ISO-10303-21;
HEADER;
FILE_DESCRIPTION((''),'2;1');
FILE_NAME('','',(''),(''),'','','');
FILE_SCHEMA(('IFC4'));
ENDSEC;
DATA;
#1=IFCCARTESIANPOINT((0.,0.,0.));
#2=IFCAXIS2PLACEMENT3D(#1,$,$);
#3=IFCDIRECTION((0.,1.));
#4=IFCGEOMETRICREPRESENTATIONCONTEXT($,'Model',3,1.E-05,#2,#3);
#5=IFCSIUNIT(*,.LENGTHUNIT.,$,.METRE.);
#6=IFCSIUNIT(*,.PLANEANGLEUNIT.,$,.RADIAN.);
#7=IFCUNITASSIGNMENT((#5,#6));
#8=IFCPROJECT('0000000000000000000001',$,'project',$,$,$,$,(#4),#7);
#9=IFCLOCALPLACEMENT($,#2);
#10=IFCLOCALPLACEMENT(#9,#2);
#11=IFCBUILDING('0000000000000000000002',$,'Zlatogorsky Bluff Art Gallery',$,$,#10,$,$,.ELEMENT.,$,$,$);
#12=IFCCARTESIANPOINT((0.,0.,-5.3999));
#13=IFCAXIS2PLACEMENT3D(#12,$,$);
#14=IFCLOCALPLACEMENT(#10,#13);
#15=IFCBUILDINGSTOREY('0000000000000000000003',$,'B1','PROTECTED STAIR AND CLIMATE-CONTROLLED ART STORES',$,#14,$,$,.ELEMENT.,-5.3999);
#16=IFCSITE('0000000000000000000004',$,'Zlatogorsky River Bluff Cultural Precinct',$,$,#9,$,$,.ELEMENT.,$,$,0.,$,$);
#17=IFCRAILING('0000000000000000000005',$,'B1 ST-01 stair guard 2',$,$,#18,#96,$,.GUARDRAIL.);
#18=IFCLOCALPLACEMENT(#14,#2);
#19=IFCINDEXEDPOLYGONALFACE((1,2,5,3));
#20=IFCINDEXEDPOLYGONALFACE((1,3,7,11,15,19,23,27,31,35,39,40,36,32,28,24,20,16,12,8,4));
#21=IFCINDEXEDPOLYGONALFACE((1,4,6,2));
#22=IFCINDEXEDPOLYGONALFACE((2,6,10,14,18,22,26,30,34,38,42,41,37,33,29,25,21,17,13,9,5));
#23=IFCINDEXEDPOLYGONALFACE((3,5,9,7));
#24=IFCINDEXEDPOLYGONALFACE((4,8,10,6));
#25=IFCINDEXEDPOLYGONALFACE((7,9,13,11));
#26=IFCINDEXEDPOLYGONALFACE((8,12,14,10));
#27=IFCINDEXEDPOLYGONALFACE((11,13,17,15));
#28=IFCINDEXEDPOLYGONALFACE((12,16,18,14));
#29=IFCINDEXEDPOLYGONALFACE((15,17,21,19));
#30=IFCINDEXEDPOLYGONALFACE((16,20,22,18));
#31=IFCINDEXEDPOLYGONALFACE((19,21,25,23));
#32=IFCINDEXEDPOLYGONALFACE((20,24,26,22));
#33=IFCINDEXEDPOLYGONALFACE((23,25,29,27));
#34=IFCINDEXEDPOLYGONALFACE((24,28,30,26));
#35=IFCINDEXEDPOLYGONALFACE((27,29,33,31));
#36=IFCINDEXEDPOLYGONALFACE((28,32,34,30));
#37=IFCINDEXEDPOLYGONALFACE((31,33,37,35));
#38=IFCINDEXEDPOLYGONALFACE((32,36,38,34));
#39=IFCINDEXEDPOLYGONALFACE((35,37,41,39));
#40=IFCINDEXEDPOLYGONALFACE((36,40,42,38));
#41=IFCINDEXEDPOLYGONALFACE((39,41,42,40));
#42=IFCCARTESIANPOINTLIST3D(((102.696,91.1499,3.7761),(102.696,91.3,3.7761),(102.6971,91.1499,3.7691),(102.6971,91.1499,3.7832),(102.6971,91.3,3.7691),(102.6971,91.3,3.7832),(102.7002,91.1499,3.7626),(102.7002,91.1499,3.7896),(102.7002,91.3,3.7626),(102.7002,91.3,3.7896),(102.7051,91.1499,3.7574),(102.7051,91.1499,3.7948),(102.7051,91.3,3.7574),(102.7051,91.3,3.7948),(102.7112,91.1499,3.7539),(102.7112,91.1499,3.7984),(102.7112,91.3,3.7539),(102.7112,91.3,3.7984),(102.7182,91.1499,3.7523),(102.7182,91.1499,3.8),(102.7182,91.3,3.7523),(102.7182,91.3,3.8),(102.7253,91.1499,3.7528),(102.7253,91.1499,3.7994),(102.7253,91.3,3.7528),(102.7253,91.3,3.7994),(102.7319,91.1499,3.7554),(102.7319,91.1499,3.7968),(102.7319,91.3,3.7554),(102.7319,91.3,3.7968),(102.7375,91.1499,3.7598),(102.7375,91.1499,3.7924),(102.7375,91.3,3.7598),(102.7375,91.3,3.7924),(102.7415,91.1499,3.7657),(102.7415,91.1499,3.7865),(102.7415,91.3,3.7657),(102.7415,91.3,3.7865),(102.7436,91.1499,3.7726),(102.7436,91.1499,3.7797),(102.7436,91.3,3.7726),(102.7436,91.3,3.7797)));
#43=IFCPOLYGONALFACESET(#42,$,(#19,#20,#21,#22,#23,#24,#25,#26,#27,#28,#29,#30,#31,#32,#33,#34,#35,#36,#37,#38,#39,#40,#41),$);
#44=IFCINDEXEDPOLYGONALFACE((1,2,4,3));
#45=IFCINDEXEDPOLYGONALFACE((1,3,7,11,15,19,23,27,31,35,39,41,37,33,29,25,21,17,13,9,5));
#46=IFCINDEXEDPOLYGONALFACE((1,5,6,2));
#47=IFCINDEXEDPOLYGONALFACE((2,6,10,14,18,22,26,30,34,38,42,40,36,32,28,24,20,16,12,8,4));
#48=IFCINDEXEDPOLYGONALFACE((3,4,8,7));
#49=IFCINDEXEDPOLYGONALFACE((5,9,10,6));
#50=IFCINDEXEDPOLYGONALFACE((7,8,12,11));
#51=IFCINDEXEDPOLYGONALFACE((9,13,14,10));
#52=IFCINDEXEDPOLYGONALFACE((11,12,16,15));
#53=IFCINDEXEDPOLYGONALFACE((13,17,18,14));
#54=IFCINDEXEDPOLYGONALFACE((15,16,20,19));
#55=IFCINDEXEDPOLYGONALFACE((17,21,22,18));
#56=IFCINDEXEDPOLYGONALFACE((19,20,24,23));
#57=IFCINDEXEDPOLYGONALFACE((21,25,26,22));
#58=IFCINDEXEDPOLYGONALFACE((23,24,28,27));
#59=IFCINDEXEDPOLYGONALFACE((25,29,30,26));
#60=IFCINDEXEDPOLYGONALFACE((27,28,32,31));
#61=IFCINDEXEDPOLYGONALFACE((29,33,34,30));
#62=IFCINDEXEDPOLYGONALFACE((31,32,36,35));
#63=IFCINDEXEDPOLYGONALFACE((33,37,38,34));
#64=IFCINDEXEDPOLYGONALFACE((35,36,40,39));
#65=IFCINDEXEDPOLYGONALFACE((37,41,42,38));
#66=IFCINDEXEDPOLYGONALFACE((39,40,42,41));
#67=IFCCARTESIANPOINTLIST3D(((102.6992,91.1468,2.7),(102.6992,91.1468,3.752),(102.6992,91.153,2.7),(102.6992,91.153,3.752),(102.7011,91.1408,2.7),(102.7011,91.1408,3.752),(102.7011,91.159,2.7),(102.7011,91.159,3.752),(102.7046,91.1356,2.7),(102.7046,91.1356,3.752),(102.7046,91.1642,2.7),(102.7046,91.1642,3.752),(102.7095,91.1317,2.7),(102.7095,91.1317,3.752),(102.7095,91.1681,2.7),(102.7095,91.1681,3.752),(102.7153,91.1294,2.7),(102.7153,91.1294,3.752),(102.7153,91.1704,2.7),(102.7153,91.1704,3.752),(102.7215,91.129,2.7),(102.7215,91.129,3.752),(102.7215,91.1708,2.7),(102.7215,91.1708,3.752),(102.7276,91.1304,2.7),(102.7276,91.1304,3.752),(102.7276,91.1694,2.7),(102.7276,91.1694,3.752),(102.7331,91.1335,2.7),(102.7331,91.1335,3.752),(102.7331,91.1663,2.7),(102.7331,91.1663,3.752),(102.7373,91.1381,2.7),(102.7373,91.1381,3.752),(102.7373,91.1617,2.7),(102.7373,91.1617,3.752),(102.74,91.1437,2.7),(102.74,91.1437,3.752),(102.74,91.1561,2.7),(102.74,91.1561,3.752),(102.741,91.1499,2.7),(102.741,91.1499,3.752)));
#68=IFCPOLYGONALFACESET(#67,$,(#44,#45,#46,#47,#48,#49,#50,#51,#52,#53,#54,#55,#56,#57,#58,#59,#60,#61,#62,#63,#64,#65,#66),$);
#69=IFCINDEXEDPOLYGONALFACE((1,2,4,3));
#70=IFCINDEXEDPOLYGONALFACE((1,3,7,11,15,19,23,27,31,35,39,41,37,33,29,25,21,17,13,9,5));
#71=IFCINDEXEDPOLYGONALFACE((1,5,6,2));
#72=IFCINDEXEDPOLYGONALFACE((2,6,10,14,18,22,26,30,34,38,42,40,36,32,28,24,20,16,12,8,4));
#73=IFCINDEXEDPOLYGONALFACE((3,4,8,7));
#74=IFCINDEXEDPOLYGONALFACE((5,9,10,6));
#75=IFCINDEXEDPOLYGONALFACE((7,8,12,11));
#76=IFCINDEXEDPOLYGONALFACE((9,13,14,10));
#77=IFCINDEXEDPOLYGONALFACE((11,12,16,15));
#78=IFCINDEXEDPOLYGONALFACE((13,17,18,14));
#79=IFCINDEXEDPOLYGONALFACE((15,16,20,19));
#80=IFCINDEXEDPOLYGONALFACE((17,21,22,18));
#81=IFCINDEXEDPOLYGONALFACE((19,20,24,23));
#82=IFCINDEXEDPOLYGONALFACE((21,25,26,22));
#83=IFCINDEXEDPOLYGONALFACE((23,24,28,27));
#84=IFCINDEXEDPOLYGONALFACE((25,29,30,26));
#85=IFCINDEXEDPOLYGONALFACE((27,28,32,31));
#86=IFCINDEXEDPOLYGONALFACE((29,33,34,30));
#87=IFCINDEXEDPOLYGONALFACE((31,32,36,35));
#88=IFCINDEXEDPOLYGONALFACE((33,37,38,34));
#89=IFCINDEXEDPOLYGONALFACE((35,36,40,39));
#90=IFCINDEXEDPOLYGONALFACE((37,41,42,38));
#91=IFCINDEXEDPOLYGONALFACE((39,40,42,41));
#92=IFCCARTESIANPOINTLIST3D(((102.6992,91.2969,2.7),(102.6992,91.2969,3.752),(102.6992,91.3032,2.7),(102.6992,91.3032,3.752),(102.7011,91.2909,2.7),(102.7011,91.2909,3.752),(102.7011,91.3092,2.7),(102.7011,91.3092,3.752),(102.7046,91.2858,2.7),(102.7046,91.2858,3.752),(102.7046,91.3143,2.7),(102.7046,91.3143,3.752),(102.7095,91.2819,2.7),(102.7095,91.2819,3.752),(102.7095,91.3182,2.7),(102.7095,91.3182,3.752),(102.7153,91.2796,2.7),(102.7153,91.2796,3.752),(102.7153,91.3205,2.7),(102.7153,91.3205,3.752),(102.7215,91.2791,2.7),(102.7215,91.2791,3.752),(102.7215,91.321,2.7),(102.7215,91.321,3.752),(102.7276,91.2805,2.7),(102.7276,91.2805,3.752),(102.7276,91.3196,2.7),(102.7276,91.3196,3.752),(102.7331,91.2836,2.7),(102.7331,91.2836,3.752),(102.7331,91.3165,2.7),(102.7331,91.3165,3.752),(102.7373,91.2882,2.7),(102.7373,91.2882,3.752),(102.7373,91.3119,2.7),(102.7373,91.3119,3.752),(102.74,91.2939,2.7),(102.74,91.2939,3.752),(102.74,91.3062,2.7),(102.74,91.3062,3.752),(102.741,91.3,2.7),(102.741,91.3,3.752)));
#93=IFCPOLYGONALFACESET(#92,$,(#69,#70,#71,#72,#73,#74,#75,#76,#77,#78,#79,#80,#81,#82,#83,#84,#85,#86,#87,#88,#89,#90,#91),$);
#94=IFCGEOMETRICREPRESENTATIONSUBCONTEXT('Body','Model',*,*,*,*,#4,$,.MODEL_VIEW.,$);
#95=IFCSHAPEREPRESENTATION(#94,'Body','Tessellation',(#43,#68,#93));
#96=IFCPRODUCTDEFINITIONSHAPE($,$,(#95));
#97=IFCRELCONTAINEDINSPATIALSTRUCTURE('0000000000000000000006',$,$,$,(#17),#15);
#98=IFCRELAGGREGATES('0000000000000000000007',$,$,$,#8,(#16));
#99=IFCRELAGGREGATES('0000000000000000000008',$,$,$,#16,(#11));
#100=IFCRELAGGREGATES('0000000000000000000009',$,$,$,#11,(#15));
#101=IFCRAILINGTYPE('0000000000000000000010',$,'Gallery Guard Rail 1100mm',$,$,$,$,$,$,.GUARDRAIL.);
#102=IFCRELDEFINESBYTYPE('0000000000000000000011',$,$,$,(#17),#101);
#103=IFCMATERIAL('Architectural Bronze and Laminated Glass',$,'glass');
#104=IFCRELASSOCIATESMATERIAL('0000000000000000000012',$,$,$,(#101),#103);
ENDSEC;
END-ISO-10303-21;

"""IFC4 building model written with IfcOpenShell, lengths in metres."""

from ifc_helpers import new_model, si_unit, direction, frame, origin, origin_2d, place, context, subcontext, project, spatial, circle, extrude, material, type_object, element, save


model = new_model("IFC4")

# Units and contexts
model_context = context("Model", 3, precision=1e-05, world=origin(), true_north=direction((0.0, 1.0)))
body_context = subcontext(model_context, "Body", "Model", "MODEL_VIEW")
ifc_project = project(units=[si_unit("LENGTHUNIT", "METRE"), si_unit("PLANEANGLEUNIT", "RADIAN")], contexts=[model_context])

# Site, building, storey
site_placement = place(None, origin())
site = spatial("IfcSite", under=ifc_project, at=site_placement, Name="Zlatogorsky River Bluff Cultural Precinct", CompositionType="ELEMENT", RefElevation=0.0)
building_placement = place(site_placement, origin())
building = spatial("IfcBuilding", under=site, at=building_placement, Name="Zlatogorsky Bluff Art Gallery", CompositionType="ELEMENT")
storey_placement = place(building_placement, frame((0.0, 0.0, -5.3999)))
storey = spatial("IfcBuildingStorey", under=building, at=storey_placement, Name="B1", Description="PROTECTED STAIR AND CLIMATE-CONTROLLED ART STORES", CompositionType="ELEMENT", Elevation=-5.3999)

# Railing
ifc_material_1 = material(Name="Architectural Bronze and Laminated Glass", Category="glass")
railing_type_1 = type_object("IfcRailingType", Name="Gallery Guard Rail 1100mm", PredefinedType="GUARDRAIL", material=ifc_material_1)
railing_1_placement = place(storey_placement, frame((102.72, 91.1499, 2.7)))
element("IfcRailing", 1, at=railing_1_placement, inside=storey, type_object=railing_type_1, Name="B1 ST-01 stair guard 2", PredefinedType="GUARDRAIL", context=body_context, shape_type="SweptSolid", body=[
    extrude(circle(Radius=0.0239, at=origin_2d()), frame((0.0, 0.0, 1.0762), z_axis=(0.0, 1.0, 0.0), x_axis=(-1.0, 0.0, 0.0)), (0.0, 0.0, 1.0), 0.1501),
    extrude(circle(Radius=0.021, at=origin_2d()), origin(), (0.0, 0.0, 1.0), 1.052),
    extrude(circle(Radius=0.021, at=origin_2d()), frame((0.0, 0.1501, 0.0)), (0.0, 0.0, 1.0), 1.052),
])

save(model, "model.ifc")
